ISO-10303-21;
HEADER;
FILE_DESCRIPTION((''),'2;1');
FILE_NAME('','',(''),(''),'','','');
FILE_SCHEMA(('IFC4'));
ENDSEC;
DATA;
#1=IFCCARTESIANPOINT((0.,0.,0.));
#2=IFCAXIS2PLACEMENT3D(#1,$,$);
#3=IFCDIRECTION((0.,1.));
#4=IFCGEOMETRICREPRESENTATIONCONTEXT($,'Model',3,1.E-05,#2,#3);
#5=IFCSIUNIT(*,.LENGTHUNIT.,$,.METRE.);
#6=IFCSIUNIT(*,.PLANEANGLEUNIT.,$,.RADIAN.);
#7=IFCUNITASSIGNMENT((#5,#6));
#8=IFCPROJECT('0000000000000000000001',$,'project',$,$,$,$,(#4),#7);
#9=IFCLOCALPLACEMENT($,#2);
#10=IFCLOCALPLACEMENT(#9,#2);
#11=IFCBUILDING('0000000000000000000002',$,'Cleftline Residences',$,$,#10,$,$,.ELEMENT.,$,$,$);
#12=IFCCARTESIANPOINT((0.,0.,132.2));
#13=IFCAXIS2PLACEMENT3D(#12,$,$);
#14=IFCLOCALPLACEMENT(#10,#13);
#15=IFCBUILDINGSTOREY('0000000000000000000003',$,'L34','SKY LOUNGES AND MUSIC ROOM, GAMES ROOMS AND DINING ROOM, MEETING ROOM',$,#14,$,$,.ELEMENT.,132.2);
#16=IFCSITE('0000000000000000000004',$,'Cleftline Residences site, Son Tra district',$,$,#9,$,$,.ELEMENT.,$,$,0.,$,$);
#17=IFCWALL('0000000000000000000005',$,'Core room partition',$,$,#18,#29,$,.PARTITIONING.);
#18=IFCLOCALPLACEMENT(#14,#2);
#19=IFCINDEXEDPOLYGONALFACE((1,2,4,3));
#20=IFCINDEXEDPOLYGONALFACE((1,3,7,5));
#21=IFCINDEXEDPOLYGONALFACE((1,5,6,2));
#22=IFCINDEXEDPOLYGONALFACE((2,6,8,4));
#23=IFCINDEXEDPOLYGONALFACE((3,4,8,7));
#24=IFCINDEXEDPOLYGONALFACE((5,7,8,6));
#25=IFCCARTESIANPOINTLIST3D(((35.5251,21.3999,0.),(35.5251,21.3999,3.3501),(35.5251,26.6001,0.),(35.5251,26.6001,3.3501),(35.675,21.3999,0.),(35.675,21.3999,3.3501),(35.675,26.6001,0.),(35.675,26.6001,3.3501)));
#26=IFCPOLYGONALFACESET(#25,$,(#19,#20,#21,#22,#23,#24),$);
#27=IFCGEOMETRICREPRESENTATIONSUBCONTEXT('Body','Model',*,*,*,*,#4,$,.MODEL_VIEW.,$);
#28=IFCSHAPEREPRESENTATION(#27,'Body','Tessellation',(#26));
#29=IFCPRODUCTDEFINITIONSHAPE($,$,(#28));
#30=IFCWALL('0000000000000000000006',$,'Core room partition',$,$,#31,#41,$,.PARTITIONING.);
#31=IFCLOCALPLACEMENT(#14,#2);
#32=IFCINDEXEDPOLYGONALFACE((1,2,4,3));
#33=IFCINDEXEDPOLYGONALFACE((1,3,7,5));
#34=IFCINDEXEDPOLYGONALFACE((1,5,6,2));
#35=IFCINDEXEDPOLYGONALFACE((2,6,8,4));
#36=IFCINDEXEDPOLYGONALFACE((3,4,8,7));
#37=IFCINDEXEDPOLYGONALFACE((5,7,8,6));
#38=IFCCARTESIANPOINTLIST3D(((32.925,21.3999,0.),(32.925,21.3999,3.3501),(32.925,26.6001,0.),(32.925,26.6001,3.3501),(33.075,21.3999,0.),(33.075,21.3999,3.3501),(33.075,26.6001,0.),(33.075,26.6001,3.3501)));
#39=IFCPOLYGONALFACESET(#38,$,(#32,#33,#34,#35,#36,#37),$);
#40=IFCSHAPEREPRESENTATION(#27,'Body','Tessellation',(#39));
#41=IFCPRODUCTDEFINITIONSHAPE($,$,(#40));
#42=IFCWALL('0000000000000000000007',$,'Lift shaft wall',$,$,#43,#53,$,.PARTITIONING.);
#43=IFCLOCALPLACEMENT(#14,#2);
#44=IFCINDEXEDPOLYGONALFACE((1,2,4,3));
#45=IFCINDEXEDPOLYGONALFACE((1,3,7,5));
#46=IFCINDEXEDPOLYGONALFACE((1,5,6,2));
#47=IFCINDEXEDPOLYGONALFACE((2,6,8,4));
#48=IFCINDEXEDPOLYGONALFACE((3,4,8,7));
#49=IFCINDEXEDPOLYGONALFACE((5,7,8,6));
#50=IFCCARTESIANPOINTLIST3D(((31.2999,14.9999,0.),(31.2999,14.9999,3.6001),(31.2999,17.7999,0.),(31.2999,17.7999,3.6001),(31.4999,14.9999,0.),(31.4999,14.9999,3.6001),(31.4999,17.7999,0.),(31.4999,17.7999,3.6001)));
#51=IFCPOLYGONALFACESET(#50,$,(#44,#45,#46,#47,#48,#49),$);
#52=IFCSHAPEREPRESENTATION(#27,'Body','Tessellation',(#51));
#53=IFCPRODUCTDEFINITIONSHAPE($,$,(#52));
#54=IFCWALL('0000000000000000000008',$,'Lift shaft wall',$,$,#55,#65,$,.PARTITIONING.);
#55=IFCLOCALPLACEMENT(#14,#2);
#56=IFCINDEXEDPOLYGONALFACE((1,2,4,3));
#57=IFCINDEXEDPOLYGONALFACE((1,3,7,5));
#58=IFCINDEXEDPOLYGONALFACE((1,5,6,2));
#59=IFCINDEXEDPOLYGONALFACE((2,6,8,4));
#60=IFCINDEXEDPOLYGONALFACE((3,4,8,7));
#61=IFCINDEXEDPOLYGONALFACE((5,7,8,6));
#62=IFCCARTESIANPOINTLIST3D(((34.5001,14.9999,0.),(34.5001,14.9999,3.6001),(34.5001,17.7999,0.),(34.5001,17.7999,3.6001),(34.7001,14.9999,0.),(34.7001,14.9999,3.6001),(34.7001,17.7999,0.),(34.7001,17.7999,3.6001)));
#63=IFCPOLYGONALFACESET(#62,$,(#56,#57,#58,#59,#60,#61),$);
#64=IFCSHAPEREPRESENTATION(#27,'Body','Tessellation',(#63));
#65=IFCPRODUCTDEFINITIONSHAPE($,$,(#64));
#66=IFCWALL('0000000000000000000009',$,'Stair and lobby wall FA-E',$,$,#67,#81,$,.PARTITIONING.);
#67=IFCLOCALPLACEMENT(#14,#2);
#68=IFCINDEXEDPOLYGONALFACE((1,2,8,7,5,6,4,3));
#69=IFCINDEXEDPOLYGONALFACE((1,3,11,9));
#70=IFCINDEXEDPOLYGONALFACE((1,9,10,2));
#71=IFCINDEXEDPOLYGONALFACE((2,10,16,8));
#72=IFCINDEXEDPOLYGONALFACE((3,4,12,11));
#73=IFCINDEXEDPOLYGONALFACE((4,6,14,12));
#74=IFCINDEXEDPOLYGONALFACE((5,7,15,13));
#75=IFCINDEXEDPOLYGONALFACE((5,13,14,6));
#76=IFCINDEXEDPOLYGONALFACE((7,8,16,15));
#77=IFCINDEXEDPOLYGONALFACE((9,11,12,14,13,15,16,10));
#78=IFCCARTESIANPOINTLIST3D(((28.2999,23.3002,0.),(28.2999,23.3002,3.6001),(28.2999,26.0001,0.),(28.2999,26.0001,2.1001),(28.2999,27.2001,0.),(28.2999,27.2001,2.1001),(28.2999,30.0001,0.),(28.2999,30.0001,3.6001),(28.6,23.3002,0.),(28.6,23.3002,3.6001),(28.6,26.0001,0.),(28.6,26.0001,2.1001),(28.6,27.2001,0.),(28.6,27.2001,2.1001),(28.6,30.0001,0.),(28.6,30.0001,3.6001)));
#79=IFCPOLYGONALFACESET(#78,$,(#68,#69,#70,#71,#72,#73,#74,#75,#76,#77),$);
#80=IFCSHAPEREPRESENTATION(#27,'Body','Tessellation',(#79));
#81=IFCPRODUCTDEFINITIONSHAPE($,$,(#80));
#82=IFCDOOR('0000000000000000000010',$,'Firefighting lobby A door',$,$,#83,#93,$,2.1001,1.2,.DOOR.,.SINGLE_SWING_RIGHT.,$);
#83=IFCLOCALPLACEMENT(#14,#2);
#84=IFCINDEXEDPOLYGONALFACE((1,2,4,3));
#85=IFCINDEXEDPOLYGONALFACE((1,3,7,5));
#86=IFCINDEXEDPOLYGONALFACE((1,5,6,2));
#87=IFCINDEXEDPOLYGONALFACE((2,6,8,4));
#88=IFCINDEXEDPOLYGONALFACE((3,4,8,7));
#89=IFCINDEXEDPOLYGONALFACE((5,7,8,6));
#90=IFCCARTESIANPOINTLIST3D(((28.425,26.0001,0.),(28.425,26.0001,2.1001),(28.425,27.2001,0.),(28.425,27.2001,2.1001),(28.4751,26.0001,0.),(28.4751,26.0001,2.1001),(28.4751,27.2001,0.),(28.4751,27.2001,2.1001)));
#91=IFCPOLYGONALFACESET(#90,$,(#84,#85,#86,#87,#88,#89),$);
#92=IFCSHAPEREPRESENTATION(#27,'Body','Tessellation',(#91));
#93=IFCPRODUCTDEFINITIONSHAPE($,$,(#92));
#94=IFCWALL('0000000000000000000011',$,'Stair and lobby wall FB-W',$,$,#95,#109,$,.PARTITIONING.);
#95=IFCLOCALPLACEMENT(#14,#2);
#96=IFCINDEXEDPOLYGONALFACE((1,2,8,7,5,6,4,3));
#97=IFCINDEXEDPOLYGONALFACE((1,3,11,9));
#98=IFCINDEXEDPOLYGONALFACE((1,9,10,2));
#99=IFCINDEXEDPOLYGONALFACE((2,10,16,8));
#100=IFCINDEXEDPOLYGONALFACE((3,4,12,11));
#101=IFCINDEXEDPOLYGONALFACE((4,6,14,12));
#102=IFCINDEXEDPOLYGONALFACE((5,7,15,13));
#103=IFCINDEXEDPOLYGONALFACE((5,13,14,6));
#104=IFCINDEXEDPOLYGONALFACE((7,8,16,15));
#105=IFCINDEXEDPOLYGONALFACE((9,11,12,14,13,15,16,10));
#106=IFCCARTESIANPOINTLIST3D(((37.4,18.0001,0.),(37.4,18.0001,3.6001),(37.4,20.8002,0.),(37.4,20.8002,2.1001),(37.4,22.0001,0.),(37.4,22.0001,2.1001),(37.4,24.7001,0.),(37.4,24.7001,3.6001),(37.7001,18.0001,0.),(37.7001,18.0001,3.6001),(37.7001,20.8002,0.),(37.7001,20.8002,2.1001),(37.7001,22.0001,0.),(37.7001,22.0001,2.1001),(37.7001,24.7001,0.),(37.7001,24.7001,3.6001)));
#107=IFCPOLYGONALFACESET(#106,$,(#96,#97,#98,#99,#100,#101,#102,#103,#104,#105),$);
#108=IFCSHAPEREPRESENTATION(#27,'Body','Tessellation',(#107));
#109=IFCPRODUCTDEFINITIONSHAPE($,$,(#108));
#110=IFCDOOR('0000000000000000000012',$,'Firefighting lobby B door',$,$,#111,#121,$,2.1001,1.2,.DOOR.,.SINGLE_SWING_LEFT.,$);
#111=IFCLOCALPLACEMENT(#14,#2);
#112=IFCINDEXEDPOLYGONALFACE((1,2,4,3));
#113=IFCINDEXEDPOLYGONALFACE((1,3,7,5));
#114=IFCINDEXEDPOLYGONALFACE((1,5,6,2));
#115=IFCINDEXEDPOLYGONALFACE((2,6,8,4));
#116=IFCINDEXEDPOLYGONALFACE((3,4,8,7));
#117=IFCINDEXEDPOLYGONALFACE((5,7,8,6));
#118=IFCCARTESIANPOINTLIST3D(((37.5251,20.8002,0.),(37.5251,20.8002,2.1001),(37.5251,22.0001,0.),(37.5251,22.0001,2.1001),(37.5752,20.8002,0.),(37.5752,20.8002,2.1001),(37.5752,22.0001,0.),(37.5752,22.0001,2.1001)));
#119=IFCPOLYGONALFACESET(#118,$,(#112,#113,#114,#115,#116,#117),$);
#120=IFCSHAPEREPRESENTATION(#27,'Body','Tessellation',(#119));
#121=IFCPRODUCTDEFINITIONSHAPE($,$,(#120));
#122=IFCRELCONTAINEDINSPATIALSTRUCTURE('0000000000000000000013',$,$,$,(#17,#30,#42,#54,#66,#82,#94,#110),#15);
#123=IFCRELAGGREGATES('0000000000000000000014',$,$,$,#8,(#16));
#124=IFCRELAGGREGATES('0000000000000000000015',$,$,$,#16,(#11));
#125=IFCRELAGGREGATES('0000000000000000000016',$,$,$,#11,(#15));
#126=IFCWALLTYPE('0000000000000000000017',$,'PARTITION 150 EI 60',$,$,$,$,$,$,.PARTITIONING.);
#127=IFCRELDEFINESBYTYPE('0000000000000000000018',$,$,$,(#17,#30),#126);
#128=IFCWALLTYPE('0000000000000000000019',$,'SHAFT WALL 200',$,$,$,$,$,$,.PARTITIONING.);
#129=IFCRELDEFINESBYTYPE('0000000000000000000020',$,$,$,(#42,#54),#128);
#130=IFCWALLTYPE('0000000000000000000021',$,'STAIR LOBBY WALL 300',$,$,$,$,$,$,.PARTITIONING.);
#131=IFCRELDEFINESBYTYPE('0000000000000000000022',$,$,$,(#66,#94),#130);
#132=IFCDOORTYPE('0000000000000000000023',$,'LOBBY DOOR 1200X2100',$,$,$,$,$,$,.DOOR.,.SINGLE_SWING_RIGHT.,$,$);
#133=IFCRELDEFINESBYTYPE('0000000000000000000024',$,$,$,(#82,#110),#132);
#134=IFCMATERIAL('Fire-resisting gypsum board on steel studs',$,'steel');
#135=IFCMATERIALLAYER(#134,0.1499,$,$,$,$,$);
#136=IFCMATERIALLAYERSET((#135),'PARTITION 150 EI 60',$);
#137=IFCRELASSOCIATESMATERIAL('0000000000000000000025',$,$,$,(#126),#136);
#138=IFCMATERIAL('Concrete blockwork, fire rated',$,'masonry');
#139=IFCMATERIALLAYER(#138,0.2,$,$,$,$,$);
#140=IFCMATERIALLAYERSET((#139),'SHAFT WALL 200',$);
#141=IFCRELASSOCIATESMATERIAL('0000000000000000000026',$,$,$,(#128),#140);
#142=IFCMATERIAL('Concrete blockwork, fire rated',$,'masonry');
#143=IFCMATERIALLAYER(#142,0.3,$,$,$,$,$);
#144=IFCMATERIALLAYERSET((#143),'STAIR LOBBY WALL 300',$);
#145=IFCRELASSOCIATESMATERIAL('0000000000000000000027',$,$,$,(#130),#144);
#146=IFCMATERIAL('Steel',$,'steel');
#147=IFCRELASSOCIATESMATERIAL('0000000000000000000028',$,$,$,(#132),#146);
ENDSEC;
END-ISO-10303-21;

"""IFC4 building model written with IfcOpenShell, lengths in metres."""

from ifc_helpers import new_model, si_unit, direction, frame, frame_2d, origin, place, context, subcontext, project, spatial, rectangle, extrude, material, layer, layer_set, type_object, element, fill, save


model = new_model("IFC4")

# Units and contexts
model_context = context("Model", 3, precision=1e-05, world=origin(), true_north=direction((0.0, 1.0)))
body_context = subcontext(model_context, "Body", "Model", "MODEL_VIEW")
ifc_project = project(units=[si_unit("LENGTHUNIT", "METRE"), si_unit("PLANEANGLEUNIT", "RADIAN")], contexts=[model_context])

# Site, building, storey
site_placement = place(None, origin())
site = spatial("IfcSite", under=ifc_project, at=site_placement, Name="Cleftline Residences site, Son Tra district", CompositionType="ELEMENT", RefElevation=0.0)
building_placement = place(site_placement, origin())
building = spatial("IfcBuilding", under=site, at=building_placement, Name="Cleftline Residences", CompositionType="ELEMENT")
storey_placement = place(building_placement, frame((0.0, 0.0, 132.2)))
storey = spatial("IfcBuildingStorey", under=building, at=storey_placement, Name="L34", Description="SKY LOUNGES AND MUSIC ROOM, GAMES ROOMS AND DINING ROOM, MEETING ROOM", CompositionType="ELEMENT", Elevation=132.2)

# Shared definitions
ifc_material_1 = material(Name="Fire-resisting gypsum board on steel studs", Category="steel")
ifc_layer_1 = layer(ifc_material_1, 0.1499)
ifc_layer_set_1 = layer_set([ifc_layer_1], Name="PARTITION 150 EI 60")
wall_type_1 = type_object("IfcWallType", Name="PARTITION 150 EI 60", PredefinedType="PARTITIONING", material=ifc_layer_set_1)

# Walls
for number, where, z_axis, x_axis, name in (
    (1, (35.6001, 21.3999, 0.0), (0.0, 0.0, 1.0), (0.0, 1.0, 0.0), "Core room partition"),
    (2, (33.0, 21.3999, 0.0), (0.0, 0.0, 1.0), (0.0, 1.0, 0.0), "Core room partition"),
):
    element("IfcWall", number, at=place(storey_placement, frame(where, z_axis=z_axis, x_axis=x_axis)), inside=storey, type_object=wall_type_1, Name=name, PredefinedType="PARTITIONING", context=body_context, shape_type="SweptSolid", body=[
        extrude(rectangle(XDim=5.2002, YDim=0.1499, at=frame_2d((2.6001, 0.0))), origin(), (0.0, 0.0, 1.0), 3.3501),
    ])
ifc_material_2 = material(Name="Concrete blockwork, fire rated", Category="masonry")
ifc_layer_2 = layer(ifc_material_2, 0.2)
ifc_layer_set_2 = layer_set([ifc_layer_2], Name="SHAFT WALL 200")
wall_type_2 = type_object("IfcWallType", Name="SHAFT WALL 200", PredefinedType="PARTITIONING", material=ifc_layer_set_2)
for number, where, z_axis, x_axis, name in (
    (3, (31.3999, 15.0, 0.0), (0.0, 0.0, 1.0), (0.0, 1.0, 0.0), "Lift shaft wall"),
    (4, (34.6001, 15.0, 0.0), (0.0, 0.0, 1.0), (0.0, 1.0, 0.0), "Lift shaft wall"),
):
    element("IfcWall", number, at=place(storey_placement, frame(where, z_axis=z_axis, x_axis=x_axis)), inside=storey, type_object=wall_type_2, Name=name, PredefinedType="PARTITIONING", context=body_context, shape_type="SweptSolid", body=[
        extrude(rectangle(XDim=2.8, YDim=0.2, at=frame_2d((1.3999, 0.0))), origin(), (0.0, 0.0, 1.0), 3.6001),
    ])

# Walls, openings, doors
ifc_material_3 = material(Name="Concrete blockwork, fire rated", Category="masonry")
ifc_layer_3 = layer(ifc_material_3, 0.3)
ifc_layer_set_3 = layer_set([ifc_layer_3], Name="STAIR LOBBY WALL 300")
wall_type_3 = type_object("IfcWallType", Name="STAIR LOBBY WALL 300", PredefinedType="PARTITIONING", material=ifc_layer_set_3)
wall_1_placement = place(storey_placement, frame((28.45, 23.3, 0.0), z_axis=(0.0, 0.0, 1.0), x_axis=(0.0, 1.0, 0.0)))
wall_1 = element("IfcWall", 5, at=wall_1_placement, inside=storey, type_object=wall_type_3, Name="Stair and lobby wall FA-E", PredefinedType="PARTITIONING", context=body_context, shape_type="SweptSolid", body=[
    extrude(rectangle(XDim=6.7, YDim=0.3, at=frame_2d((3.3501, 0.0))), origin(), (0.0, 0.0, 1.0), 3.6001),
])
opening_1_placement = place(wall_1_placement, frame((2.7, 0.0, 0.0)))
opening_1 = element("IfcOpeningElement", 6, at=opening_1_placement, cuts=wall_1, PredefinedType="OPENING", context=body_context, shape_type="SweptSolid", body=[
    extrude(rectangle(XDim=1.2, YDim=2.1001, at=frame_2d((0.6001, 1.05))), frame((0.0, 0.1599, 0.0), z_axis=(0.0, -1.0, 0.0), x_axis=(1.0, 0.0, 0.0)), (0.0, 0.0, 1.0), 0.3201),
])
ifc_material_4 = material(Name="Steel", Category="steel")
door_type_1 = type_object("IfcDoorType", Name="LOBBY DOOR 1200X2100", OperationType="SINGLE_SWING_RIGHT", PredefinedType="DOOR", material=ifc_material_4)
door_1_placement = place(opening_1_placement, origin())
door_1 = element("IfcDoor", 7, at=door_1_placement, inside=storey, type_object=door_type_1, Name="Firefighting lobby A door", OperationType="SINGLE_SWING_RIGHT", OverallHeight=2.1001, OverallWidth=1.2, PredefinedType="DOOR", context=body_context, shape_type="SweptSolid", body=[
    extrude(rectangle(XDim=1.2, YDim=2.1001, at=frame_2d((0.6001, 1.05))), frame((0.0, 0.0249, 0.0), z_axis=(0.0, -1.0, 0.0), x_axis=(1.0, 0.0, 0.0)), (0.0, 0.0, 1.0), 0.05),
])
fill(opening_1, door_1)
wall_2_placement = place(storey_placement, frame((37.55, 18.0, 0.0), z_axis=(0.0, 0.0, 1.0), x_axis=(0.0, 1.0, 0.0)))
wall_2 = element("IfcWall", 8, at=wall_2_placement, inside=storey, type_object=wall_type_3, Name="Stair and lobby wall FB-W", PredefinedType="PARTITIONING", context=body_context, shape_type="SweptSolid", body=[
    extrude(rectangle(XDim=6.7, YDim=0.3, at=frame_2d((3.3501, 0.0))), origin(), (0.0, 0.0, 1.0), 3.6001),
])
opening_2_placement = place(wall_2_placement, frame((2.8, 0.0, 0.0)))
opening_2 = element("IfcOpeningElement", 9, at=opening_2_placement, cuts=wall_2, PredefinedType="OPENING", context=body_context, shape_type="SweptSolid", body=[
    extrude(rectangle(XDim=1.2, YDim=2.1001, at=frame_2d((0.6001, 1.05))), frame((0.0, 0.1599, 0.0), z_axis=(0.0, -1.0, 0.0), x_axis=(1.0, 0.0, 0.0)), (0.0, 0.0, 1.0), 0.3201),
])
door_2_placement = place(opening_2_placement, origin())
door_2 = element("IfcDoor", 10, at=door_2_placement, inside=storey, type_object=door_type_1, Name="Firefighting lobby B door", OperationType="SINGLE_SWING_LEFT", OverallHeight=2.1001, OverallWidth=1.2, PredefinedType="DOOR", context=body_context, shape_type="SweptSolid", body=[
    extrude(rectangle(XDim=1.2, YDim=2.1001, at=frame_2d((0.6001, 1.05))), frame((0.0, 0.0249, 0.0), z_axis=(0.0, -1.0, 0.0), x_axis=(1.0, 0.0, 0.0)), (0.0, 0.0, 1.0), 0.05),
])
fill(opening_2, door_2)

save(model, "model.ifc")
